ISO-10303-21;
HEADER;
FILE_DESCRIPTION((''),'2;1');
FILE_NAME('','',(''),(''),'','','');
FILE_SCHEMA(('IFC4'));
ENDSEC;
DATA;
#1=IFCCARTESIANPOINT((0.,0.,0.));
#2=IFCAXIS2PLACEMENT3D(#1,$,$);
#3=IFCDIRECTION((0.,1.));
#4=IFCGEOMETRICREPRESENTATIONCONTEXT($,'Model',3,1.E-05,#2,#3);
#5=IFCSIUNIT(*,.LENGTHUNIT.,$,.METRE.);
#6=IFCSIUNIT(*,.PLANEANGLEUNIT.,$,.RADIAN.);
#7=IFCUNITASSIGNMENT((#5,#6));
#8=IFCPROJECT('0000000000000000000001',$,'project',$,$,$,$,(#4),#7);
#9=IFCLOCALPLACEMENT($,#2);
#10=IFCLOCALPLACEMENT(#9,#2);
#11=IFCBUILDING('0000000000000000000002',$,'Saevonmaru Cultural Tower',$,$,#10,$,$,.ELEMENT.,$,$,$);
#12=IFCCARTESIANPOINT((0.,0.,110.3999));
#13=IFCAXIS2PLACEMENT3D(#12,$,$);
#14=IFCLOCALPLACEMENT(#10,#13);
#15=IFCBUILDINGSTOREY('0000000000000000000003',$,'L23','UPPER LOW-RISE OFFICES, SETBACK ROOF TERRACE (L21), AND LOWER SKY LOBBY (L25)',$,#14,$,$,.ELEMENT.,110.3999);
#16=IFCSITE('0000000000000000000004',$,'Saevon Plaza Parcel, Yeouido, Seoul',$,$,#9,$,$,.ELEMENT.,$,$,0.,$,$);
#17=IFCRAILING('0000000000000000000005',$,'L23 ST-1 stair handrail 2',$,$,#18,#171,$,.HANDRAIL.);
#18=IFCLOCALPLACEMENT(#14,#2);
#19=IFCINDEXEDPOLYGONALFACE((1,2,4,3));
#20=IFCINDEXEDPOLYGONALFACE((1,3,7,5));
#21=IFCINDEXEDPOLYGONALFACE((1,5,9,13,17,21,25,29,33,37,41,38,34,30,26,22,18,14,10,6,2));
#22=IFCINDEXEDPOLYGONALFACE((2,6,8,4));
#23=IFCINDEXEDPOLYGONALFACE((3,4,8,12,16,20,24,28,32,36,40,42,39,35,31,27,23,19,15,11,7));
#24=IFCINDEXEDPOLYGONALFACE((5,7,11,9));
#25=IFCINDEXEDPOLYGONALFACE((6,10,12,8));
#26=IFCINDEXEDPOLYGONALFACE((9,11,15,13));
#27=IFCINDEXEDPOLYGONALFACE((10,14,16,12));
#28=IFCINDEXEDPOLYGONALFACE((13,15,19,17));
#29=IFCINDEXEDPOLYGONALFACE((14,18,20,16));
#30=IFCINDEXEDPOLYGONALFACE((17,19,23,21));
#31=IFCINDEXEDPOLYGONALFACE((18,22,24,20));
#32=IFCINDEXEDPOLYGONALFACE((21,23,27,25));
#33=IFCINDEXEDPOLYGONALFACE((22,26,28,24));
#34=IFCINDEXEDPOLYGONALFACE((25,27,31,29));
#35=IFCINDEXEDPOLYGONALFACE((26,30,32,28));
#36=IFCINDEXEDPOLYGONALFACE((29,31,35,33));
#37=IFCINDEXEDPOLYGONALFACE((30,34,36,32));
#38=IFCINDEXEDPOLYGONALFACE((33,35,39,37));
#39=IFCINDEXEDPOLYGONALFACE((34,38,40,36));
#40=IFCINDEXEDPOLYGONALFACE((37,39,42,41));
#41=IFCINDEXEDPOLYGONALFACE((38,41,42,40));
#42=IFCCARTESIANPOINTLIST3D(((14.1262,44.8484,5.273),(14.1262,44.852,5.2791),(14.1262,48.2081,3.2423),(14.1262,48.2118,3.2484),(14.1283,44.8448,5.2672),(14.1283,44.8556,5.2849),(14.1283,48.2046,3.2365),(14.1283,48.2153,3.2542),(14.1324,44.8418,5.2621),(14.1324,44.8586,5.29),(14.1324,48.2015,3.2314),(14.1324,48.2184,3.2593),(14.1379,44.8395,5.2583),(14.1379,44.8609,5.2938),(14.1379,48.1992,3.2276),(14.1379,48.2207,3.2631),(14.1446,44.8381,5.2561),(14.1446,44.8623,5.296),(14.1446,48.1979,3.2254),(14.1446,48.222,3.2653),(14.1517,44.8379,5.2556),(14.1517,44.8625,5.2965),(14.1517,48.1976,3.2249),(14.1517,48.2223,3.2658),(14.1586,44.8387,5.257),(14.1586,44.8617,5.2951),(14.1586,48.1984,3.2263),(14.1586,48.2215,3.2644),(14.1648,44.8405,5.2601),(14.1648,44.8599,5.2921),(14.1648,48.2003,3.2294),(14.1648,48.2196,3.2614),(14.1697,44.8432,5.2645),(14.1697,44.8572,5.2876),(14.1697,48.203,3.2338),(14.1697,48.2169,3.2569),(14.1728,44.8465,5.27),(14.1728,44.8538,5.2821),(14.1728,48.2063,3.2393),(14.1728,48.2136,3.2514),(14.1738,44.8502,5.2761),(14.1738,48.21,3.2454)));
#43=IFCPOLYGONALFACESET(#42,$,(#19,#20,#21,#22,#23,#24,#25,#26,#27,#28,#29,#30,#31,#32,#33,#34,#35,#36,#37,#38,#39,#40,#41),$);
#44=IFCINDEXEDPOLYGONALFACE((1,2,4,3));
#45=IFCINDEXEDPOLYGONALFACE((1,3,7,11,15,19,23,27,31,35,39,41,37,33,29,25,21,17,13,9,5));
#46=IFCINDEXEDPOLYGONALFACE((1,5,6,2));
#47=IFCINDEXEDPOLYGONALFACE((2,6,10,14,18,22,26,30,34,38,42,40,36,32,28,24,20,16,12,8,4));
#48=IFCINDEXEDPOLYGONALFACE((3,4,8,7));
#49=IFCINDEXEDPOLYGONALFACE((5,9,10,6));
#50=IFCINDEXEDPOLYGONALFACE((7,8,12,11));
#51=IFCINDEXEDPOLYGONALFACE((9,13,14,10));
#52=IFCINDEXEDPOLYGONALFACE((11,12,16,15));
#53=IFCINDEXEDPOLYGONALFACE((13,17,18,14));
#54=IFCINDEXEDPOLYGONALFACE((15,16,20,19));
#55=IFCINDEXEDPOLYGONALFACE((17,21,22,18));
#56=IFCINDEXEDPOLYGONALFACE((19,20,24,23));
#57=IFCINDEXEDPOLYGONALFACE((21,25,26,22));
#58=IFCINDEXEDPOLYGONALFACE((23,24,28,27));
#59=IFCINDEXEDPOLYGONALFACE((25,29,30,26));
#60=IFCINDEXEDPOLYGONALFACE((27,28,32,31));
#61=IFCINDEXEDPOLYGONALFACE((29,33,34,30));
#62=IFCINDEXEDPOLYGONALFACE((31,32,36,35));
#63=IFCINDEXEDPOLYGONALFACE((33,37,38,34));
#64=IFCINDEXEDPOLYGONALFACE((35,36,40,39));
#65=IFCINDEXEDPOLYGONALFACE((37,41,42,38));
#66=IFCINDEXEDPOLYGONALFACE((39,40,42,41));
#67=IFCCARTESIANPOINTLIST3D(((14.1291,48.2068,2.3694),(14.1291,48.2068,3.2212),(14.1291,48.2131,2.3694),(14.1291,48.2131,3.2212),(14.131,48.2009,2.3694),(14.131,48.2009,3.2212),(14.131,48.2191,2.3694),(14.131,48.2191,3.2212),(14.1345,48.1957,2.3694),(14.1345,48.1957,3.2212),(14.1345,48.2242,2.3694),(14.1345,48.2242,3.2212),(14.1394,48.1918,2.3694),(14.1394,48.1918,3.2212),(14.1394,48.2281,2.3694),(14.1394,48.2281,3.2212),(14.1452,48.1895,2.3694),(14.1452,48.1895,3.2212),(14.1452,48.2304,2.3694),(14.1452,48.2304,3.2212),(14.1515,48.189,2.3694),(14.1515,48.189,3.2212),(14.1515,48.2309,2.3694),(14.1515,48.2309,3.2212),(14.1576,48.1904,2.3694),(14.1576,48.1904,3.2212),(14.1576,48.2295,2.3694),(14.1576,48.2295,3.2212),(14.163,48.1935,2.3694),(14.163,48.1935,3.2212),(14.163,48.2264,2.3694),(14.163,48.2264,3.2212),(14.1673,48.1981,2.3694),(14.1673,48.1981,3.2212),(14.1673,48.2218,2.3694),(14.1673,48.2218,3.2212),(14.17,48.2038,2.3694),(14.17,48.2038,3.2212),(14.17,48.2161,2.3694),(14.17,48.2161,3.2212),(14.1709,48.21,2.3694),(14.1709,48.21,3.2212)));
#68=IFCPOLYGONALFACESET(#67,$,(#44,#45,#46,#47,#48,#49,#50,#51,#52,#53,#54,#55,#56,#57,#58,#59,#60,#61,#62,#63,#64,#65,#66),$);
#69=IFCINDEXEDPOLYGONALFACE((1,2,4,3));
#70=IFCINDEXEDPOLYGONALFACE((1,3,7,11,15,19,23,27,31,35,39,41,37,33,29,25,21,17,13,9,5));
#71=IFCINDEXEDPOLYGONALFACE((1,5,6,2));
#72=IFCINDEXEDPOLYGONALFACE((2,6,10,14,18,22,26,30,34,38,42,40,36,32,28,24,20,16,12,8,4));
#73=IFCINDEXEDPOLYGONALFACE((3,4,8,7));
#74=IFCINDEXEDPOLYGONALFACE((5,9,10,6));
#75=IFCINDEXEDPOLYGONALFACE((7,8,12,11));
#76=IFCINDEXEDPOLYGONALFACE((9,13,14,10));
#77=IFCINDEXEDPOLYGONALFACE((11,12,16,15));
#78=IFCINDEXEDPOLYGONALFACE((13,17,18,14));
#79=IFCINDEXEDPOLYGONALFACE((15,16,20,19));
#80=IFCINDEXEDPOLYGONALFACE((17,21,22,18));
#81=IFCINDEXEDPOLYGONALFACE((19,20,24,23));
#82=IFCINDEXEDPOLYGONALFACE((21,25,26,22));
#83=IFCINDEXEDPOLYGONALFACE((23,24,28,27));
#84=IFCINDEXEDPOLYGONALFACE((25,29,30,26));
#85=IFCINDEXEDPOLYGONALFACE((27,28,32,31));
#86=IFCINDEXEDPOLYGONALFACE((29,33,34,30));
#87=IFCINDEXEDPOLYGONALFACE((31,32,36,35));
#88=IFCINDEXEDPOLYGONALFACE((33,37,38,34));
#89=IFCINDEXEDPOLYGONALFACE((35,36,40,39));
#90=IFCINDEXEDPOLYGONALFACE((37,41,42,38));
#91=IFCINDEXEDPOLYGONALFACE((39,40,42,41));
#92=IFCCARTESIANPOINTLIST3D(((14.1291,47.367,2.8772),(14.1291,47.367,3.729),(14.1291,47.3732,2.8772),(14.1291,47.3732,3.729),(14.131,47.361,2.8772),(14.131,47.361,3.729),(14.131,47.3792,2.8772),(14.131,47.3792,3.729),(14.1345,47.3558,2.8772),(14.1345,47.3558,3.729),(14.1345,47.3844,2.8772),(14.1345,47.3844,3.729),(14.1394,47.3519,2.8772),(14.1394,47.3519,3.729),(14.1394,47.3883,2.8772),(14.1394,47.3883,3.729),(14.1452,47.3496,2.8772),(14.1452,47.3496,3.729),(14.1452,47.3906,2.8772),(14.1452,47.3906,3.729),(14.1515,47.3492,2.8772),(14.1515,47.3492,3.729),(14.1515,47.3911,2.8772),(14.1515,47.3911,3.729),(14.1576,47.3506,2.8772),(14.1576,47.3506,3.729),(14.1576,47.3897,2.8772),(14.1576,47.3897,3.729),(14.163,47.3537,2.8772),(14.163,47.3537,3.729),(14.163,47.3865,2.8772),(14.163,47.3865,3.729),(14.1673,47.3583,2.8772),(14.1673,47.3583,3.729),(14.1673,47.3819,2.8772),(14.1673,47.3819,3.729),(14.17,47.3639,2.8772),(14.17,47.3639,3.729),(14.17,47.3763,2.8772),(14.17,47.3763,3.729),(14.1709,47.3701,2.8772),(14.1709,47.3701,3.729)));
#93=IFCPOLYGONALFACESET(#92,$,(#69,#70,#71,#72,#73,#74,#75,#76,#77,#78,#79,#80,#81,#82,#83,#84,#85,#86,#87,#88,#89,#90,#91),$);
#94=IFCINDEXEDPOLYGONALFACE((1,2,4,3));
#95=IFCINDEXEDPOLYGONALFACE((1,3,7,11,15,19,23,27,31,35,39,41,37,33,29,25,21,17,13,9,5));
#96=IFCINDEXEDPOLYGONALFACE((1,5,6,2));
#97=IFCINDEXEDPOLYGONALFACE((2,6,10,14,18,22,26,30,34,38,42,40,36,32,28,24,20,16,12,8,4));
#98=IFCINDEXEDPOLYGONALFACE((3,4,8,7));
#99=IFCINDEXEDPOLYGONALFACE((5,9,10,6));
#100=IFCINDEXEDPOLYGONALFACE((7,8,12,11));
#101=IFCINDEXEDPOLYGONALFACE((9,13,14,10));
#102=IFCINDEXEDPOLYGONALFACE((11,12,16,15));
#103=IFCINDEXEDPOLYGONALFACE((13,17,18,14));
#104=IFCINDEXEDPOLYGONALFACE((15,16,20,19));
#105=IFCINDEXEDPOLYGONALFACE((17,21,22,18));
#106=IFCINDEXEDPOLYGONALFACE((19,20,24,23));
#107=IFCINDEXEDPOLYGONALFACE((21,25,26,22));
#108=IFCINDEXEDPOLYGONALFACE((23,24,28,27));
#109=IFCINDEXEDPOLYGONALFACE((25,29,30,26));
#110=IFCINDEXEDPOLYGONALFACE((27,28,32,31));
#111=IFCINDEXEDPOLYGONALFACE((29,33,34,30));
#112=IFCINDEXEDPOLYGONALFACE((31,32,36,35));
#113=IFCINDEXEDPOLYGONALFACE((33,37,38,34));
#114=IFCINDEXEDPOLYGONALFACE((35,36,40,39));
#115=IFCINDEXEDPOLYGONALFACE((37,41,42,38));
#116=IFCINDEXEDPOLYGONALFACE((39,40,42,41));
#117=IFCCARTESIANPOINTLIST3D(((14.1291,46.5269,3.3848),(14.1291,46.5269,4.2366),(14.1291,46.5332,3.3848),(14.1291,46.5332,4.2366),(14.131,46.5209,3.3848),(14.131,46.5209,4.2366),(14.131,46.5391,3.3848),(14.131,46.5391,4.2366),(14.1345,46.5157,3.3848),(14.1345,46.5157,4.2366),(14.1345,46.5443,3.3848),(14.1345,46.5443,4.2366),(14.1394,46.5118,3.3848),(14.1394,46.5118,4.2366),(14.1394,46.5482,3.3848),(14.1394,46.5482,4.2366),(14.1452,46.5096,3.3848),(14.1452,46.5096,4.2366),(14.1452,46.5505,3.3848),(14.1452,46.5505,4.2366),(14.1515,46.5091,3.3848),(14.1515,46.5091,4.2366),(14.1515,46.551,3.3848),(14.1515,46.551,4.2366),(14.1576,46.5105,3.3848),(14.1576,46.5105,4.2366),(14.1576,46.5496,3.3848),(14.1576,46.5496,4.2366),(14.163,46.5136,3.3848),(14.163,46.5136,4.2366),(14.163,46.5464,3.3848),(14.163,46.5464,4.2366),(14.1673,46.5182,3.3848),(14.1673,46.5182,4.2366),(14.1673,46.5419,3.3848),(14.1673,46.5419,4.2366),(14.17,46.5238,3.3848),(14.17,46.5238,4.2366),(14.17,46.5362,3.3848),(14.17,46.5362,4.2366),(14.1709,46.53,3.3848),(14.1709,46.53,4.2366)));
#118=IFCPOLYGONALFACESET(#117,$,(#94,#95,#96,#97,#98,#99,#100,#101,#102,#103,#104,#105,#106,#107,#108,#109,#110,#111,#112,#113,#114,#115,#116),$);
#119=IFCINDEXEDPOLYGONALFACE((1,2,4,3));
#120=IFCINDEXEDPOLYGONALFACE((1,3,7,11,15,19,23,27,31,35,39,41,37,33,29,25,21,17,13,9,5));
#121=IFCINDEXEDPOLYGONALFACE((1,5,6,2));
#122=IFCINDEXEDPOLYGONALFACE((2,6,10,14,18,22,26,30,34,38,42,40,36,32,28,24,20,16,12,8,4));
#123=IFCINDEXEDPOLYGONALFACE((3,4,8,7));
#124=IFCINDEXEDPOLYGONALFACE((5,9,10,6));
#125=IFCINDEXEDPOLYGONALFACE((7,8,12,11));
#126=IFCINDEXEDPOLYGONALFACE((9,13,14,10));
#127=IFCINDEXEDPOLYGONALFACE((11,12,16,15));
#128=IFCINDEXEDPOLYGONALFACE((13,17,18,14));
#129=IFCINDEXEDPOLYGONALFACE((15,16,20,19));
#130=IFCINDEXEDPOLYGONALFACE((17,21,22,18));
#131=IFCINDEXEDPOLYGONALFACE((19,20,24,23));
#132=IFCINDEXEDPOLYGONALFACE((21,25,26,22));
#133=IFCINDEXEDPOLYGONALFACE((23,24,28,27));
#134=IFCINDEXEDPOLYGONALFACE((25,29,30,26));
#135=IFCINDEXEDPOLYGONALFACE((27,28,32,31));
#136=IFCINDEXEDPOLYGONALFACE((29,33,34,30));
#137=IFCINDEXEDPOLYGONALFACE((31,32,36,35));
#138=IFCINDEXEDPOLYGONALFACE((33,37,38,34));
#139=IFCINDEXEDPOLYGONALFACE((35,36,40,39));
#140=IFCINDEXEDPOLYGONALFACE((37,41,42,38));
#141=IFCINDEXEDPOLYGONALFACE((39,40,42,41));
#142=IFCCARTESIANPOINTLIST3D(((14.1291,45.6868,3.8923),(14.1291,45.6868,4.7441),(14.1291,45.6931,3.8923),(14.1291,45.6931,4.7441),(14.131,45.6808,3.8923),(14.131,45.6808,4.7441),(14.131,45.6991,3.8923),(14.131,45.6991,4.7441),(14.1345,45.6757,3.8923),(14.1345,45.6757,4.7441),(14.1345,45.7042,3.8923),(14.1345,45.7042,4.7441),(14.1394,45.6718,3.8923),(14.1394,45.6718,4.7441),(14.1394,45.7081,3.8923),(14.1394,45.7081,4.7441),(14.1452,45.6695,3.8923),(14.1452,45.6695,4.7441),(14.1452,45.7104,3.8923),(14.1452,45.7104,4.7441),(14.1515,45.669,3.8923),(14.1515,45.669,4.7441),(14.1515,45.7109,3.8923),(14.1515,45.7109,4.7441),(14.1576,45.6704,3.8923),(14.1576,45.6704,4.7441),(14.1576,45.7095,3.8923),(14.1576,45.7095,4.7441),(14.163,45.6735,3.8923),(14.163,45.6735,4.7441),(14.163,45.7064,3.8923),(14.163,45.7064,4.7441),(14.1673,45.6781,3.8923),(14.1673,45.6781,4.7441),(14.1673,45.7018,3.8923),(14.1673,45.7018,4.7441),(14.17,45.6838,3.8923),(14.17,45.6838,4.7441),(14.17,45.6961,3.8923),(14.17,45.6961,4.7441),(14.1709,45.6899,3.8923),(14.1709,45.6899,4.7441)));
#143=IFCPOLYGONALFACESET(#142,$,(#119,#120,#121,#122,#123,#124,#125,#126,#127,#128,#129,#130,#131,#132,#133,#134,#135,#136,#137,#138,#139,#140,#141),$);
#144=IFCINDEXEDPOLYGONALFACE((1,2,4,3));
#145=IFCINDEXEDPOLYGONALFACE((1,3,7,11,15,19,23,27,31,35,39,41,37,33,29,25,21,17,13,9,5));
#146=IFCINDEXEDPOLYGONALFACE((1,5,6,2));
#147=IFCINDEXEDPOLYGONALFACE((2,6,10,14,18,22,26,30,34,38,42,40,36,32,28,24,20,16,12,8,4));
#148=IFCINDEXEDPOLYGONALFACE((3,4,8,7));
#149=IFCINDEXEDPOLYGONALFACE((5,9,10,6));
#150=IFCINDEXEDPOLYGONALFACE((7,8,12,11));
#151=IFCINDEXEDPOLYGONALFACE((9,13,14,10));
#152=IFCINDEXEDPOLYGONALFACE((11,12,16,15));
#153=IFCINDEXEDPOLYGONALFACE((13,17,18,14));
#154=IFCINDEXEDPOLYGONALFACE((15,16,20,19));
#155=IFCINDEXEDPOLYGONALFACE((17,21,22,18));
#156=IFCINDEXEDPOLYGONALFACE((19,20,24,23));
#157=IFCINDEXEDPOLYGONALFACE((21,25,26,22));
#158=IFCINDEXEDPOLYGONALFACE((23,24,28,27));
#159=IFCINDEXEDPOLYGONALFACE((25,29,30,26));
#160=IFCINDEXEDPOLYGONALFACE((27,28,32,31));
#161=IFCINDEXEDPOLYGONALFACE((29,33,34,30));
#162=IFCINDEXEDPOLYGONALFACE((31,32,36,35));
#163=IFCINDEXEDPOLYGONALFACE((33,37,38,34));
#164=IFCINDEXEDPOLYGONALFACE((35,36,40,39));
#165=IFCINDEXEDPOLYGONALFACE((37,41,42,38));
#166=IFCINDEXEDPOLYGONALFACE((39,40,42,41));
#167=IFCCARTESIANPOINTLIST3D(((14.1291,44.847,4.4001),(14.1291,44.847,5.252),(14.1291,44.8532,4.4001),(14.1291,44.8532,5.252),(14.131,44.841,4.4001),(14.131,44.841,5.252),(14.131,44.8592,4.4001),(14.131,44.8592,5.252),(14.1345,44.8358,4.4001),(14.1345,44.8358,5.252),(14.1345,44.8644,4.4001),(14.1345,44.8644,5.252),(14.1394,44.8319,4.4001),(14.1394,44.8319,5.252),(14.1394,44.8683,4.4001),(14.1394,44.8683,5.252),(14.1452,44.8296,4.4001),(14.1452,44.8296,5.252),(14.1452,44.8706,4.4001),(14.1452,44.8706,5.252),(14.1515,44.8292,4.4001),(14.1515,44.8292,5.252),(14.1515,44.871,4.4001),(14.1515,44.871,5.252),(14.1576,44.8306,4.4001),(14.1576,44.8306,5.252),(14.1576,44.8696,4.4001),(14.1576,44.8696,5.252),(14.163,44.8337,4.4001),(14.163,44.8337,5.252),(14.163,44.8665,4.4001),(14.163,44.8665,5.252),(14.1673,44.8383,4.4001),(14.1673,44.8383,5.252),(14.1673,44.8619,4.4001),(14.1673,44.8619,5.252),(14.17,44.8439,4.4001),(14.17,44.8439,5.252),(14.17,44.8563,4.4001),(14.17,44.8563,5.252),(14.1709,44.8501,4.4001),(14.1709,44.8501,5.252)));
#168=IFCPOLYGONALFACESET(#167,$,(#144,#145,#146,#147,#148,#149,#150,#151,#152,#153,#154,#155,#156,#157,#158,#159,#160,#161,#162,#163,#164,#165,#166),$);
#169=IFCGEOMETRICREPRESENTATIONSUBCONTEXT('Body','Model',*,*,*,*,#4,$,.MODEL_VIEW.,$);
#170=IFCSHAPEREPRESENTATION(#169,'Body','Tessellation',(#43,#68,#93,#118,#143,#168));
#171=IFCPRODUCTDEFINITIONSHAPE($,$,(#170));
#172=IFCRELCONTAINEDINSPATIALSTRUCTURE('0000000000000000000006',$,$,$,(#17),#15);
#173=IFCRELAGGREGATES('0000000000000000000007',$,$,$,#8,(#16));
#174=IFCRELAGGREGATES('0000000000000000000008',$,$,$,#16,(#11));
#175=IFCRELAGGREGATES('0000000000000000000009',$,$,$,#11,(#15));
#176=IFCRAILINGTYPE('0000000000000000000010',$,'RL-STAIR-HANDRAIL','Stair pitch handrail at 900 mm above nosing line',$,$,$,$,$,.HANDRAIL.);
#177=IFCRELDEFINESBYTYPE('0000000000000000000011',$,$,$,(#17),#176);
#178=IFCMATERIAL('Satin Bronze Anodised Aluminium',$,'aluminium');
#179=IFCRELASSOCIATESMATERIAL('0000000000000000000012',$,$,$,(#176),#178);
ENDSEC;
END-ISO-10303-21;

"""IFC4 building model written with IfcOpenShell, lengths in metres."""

from ifc_helpers import new_model, si_unit, direction, frame, origin, origin_2d, place, context, subcontext, project, spatial, circle, extrude, material, type_object, element, save


model = new_model("IFC4")

# Units and contexts
model_context = context("Model", 3, precision=1e-05, world=origin(), true_north=direction((0.0, 1.0)))
body_context = subcontext(model_context, "Body", "Model", "MODEL_VIEW")
ifc_project = project(units=[si_unit("LENGTHUNIT", "METRE"), si_unit("PLANEANGLEUNIT", "RADIAN")], contexts=[model_context])

# Site, building, storey
site_placement = place(None, origin())
site = spatial("IfcSite", under=ifc_project, at=site_placement, Name="Saevon Plaza Parcel, Yeouido, Seoul", CompositionType="ELEMENT", RefElevation=0.0)
building_placement = place(site_placement, origin())
building = spatial("IfcBuilding", under=site, at=building_placement, Name="Saevonmaru Cultural Tower", CompositionType="ELEMENT")
storey_placement = place(building_placement, frame((0.0, 0.0, 110.3999)))
storey = spatial("IfcBuildingStorey", under=building, at=storey_placement, Name="L23", Description="UPPER LOW-RISE OFFICES, SETBACK ROOF TERRACE (L21), AND LOWER SKY LOBBY (L25)", CompositionType="ELEMENT", Elevation=110.3999)

# Shared definitions
ifc_material_1 = material(Name="Satin Bronze Anodised Aluminium", Category="aluminium")

# Railing
railing_type_1 = type_object("IfcRailingType", Name="RL-STAIR-HANDRAIL", Description="Stair pitch handrail at 900 mm above nosing line", PredefinedType="HANDRAIL", material=ifc_material_1)
railing_1_placement = place(storey_placement, frame((14.1499, 48.21, 2.3694)))
element("IfcRailing", 1, at=railing_1_placement, inside=storey, type_object=railing_type_1, Name="L23 ST-1 stair handrail 2", PredefinedType="HANDRAIL", context=body_context, shape_type="SweptSolid", body=[
    extrude(circle(Radius=0.0239, at=origin_2d()), frame((0.0, 0.0, 0.876), z_axis=(0.0, -0.85582, 0.517273), x_axis=(1.0, 0.0, 0.0)), (0.0, 0.0, 1.0), 3.9258),
    extrude(circle(Radius=0.021, at=origin_2d()), origin(), (0.0, 0.0, 1.0), 0.8518),
    extrude(circle(Radius=0.021, at=origin_2d()), frame((0.0, -0.8398, 0.5078)), (0.0, 0.0, 1.0), 0.8518),
    extrude(circle(Radius=0.021, at=origin_2d()), frame((0.0, -1.6799, 1.0154)), (0.0, 0.0, 1.0), 0.8518),
    extrude(circle(Radius=0.021, at=origin_2d()), frame((0.0, -2.52, 1.5229)), (0.0, 0.0, 1.0), 0.8518),
    extrude(circle(Radius=0.021, at=origin_2d()), frame((0.0, -3.3599, 2.0308)), (0.0, 0.0, 1.0), 0.8518),
])

save(model, "model.ifc")
